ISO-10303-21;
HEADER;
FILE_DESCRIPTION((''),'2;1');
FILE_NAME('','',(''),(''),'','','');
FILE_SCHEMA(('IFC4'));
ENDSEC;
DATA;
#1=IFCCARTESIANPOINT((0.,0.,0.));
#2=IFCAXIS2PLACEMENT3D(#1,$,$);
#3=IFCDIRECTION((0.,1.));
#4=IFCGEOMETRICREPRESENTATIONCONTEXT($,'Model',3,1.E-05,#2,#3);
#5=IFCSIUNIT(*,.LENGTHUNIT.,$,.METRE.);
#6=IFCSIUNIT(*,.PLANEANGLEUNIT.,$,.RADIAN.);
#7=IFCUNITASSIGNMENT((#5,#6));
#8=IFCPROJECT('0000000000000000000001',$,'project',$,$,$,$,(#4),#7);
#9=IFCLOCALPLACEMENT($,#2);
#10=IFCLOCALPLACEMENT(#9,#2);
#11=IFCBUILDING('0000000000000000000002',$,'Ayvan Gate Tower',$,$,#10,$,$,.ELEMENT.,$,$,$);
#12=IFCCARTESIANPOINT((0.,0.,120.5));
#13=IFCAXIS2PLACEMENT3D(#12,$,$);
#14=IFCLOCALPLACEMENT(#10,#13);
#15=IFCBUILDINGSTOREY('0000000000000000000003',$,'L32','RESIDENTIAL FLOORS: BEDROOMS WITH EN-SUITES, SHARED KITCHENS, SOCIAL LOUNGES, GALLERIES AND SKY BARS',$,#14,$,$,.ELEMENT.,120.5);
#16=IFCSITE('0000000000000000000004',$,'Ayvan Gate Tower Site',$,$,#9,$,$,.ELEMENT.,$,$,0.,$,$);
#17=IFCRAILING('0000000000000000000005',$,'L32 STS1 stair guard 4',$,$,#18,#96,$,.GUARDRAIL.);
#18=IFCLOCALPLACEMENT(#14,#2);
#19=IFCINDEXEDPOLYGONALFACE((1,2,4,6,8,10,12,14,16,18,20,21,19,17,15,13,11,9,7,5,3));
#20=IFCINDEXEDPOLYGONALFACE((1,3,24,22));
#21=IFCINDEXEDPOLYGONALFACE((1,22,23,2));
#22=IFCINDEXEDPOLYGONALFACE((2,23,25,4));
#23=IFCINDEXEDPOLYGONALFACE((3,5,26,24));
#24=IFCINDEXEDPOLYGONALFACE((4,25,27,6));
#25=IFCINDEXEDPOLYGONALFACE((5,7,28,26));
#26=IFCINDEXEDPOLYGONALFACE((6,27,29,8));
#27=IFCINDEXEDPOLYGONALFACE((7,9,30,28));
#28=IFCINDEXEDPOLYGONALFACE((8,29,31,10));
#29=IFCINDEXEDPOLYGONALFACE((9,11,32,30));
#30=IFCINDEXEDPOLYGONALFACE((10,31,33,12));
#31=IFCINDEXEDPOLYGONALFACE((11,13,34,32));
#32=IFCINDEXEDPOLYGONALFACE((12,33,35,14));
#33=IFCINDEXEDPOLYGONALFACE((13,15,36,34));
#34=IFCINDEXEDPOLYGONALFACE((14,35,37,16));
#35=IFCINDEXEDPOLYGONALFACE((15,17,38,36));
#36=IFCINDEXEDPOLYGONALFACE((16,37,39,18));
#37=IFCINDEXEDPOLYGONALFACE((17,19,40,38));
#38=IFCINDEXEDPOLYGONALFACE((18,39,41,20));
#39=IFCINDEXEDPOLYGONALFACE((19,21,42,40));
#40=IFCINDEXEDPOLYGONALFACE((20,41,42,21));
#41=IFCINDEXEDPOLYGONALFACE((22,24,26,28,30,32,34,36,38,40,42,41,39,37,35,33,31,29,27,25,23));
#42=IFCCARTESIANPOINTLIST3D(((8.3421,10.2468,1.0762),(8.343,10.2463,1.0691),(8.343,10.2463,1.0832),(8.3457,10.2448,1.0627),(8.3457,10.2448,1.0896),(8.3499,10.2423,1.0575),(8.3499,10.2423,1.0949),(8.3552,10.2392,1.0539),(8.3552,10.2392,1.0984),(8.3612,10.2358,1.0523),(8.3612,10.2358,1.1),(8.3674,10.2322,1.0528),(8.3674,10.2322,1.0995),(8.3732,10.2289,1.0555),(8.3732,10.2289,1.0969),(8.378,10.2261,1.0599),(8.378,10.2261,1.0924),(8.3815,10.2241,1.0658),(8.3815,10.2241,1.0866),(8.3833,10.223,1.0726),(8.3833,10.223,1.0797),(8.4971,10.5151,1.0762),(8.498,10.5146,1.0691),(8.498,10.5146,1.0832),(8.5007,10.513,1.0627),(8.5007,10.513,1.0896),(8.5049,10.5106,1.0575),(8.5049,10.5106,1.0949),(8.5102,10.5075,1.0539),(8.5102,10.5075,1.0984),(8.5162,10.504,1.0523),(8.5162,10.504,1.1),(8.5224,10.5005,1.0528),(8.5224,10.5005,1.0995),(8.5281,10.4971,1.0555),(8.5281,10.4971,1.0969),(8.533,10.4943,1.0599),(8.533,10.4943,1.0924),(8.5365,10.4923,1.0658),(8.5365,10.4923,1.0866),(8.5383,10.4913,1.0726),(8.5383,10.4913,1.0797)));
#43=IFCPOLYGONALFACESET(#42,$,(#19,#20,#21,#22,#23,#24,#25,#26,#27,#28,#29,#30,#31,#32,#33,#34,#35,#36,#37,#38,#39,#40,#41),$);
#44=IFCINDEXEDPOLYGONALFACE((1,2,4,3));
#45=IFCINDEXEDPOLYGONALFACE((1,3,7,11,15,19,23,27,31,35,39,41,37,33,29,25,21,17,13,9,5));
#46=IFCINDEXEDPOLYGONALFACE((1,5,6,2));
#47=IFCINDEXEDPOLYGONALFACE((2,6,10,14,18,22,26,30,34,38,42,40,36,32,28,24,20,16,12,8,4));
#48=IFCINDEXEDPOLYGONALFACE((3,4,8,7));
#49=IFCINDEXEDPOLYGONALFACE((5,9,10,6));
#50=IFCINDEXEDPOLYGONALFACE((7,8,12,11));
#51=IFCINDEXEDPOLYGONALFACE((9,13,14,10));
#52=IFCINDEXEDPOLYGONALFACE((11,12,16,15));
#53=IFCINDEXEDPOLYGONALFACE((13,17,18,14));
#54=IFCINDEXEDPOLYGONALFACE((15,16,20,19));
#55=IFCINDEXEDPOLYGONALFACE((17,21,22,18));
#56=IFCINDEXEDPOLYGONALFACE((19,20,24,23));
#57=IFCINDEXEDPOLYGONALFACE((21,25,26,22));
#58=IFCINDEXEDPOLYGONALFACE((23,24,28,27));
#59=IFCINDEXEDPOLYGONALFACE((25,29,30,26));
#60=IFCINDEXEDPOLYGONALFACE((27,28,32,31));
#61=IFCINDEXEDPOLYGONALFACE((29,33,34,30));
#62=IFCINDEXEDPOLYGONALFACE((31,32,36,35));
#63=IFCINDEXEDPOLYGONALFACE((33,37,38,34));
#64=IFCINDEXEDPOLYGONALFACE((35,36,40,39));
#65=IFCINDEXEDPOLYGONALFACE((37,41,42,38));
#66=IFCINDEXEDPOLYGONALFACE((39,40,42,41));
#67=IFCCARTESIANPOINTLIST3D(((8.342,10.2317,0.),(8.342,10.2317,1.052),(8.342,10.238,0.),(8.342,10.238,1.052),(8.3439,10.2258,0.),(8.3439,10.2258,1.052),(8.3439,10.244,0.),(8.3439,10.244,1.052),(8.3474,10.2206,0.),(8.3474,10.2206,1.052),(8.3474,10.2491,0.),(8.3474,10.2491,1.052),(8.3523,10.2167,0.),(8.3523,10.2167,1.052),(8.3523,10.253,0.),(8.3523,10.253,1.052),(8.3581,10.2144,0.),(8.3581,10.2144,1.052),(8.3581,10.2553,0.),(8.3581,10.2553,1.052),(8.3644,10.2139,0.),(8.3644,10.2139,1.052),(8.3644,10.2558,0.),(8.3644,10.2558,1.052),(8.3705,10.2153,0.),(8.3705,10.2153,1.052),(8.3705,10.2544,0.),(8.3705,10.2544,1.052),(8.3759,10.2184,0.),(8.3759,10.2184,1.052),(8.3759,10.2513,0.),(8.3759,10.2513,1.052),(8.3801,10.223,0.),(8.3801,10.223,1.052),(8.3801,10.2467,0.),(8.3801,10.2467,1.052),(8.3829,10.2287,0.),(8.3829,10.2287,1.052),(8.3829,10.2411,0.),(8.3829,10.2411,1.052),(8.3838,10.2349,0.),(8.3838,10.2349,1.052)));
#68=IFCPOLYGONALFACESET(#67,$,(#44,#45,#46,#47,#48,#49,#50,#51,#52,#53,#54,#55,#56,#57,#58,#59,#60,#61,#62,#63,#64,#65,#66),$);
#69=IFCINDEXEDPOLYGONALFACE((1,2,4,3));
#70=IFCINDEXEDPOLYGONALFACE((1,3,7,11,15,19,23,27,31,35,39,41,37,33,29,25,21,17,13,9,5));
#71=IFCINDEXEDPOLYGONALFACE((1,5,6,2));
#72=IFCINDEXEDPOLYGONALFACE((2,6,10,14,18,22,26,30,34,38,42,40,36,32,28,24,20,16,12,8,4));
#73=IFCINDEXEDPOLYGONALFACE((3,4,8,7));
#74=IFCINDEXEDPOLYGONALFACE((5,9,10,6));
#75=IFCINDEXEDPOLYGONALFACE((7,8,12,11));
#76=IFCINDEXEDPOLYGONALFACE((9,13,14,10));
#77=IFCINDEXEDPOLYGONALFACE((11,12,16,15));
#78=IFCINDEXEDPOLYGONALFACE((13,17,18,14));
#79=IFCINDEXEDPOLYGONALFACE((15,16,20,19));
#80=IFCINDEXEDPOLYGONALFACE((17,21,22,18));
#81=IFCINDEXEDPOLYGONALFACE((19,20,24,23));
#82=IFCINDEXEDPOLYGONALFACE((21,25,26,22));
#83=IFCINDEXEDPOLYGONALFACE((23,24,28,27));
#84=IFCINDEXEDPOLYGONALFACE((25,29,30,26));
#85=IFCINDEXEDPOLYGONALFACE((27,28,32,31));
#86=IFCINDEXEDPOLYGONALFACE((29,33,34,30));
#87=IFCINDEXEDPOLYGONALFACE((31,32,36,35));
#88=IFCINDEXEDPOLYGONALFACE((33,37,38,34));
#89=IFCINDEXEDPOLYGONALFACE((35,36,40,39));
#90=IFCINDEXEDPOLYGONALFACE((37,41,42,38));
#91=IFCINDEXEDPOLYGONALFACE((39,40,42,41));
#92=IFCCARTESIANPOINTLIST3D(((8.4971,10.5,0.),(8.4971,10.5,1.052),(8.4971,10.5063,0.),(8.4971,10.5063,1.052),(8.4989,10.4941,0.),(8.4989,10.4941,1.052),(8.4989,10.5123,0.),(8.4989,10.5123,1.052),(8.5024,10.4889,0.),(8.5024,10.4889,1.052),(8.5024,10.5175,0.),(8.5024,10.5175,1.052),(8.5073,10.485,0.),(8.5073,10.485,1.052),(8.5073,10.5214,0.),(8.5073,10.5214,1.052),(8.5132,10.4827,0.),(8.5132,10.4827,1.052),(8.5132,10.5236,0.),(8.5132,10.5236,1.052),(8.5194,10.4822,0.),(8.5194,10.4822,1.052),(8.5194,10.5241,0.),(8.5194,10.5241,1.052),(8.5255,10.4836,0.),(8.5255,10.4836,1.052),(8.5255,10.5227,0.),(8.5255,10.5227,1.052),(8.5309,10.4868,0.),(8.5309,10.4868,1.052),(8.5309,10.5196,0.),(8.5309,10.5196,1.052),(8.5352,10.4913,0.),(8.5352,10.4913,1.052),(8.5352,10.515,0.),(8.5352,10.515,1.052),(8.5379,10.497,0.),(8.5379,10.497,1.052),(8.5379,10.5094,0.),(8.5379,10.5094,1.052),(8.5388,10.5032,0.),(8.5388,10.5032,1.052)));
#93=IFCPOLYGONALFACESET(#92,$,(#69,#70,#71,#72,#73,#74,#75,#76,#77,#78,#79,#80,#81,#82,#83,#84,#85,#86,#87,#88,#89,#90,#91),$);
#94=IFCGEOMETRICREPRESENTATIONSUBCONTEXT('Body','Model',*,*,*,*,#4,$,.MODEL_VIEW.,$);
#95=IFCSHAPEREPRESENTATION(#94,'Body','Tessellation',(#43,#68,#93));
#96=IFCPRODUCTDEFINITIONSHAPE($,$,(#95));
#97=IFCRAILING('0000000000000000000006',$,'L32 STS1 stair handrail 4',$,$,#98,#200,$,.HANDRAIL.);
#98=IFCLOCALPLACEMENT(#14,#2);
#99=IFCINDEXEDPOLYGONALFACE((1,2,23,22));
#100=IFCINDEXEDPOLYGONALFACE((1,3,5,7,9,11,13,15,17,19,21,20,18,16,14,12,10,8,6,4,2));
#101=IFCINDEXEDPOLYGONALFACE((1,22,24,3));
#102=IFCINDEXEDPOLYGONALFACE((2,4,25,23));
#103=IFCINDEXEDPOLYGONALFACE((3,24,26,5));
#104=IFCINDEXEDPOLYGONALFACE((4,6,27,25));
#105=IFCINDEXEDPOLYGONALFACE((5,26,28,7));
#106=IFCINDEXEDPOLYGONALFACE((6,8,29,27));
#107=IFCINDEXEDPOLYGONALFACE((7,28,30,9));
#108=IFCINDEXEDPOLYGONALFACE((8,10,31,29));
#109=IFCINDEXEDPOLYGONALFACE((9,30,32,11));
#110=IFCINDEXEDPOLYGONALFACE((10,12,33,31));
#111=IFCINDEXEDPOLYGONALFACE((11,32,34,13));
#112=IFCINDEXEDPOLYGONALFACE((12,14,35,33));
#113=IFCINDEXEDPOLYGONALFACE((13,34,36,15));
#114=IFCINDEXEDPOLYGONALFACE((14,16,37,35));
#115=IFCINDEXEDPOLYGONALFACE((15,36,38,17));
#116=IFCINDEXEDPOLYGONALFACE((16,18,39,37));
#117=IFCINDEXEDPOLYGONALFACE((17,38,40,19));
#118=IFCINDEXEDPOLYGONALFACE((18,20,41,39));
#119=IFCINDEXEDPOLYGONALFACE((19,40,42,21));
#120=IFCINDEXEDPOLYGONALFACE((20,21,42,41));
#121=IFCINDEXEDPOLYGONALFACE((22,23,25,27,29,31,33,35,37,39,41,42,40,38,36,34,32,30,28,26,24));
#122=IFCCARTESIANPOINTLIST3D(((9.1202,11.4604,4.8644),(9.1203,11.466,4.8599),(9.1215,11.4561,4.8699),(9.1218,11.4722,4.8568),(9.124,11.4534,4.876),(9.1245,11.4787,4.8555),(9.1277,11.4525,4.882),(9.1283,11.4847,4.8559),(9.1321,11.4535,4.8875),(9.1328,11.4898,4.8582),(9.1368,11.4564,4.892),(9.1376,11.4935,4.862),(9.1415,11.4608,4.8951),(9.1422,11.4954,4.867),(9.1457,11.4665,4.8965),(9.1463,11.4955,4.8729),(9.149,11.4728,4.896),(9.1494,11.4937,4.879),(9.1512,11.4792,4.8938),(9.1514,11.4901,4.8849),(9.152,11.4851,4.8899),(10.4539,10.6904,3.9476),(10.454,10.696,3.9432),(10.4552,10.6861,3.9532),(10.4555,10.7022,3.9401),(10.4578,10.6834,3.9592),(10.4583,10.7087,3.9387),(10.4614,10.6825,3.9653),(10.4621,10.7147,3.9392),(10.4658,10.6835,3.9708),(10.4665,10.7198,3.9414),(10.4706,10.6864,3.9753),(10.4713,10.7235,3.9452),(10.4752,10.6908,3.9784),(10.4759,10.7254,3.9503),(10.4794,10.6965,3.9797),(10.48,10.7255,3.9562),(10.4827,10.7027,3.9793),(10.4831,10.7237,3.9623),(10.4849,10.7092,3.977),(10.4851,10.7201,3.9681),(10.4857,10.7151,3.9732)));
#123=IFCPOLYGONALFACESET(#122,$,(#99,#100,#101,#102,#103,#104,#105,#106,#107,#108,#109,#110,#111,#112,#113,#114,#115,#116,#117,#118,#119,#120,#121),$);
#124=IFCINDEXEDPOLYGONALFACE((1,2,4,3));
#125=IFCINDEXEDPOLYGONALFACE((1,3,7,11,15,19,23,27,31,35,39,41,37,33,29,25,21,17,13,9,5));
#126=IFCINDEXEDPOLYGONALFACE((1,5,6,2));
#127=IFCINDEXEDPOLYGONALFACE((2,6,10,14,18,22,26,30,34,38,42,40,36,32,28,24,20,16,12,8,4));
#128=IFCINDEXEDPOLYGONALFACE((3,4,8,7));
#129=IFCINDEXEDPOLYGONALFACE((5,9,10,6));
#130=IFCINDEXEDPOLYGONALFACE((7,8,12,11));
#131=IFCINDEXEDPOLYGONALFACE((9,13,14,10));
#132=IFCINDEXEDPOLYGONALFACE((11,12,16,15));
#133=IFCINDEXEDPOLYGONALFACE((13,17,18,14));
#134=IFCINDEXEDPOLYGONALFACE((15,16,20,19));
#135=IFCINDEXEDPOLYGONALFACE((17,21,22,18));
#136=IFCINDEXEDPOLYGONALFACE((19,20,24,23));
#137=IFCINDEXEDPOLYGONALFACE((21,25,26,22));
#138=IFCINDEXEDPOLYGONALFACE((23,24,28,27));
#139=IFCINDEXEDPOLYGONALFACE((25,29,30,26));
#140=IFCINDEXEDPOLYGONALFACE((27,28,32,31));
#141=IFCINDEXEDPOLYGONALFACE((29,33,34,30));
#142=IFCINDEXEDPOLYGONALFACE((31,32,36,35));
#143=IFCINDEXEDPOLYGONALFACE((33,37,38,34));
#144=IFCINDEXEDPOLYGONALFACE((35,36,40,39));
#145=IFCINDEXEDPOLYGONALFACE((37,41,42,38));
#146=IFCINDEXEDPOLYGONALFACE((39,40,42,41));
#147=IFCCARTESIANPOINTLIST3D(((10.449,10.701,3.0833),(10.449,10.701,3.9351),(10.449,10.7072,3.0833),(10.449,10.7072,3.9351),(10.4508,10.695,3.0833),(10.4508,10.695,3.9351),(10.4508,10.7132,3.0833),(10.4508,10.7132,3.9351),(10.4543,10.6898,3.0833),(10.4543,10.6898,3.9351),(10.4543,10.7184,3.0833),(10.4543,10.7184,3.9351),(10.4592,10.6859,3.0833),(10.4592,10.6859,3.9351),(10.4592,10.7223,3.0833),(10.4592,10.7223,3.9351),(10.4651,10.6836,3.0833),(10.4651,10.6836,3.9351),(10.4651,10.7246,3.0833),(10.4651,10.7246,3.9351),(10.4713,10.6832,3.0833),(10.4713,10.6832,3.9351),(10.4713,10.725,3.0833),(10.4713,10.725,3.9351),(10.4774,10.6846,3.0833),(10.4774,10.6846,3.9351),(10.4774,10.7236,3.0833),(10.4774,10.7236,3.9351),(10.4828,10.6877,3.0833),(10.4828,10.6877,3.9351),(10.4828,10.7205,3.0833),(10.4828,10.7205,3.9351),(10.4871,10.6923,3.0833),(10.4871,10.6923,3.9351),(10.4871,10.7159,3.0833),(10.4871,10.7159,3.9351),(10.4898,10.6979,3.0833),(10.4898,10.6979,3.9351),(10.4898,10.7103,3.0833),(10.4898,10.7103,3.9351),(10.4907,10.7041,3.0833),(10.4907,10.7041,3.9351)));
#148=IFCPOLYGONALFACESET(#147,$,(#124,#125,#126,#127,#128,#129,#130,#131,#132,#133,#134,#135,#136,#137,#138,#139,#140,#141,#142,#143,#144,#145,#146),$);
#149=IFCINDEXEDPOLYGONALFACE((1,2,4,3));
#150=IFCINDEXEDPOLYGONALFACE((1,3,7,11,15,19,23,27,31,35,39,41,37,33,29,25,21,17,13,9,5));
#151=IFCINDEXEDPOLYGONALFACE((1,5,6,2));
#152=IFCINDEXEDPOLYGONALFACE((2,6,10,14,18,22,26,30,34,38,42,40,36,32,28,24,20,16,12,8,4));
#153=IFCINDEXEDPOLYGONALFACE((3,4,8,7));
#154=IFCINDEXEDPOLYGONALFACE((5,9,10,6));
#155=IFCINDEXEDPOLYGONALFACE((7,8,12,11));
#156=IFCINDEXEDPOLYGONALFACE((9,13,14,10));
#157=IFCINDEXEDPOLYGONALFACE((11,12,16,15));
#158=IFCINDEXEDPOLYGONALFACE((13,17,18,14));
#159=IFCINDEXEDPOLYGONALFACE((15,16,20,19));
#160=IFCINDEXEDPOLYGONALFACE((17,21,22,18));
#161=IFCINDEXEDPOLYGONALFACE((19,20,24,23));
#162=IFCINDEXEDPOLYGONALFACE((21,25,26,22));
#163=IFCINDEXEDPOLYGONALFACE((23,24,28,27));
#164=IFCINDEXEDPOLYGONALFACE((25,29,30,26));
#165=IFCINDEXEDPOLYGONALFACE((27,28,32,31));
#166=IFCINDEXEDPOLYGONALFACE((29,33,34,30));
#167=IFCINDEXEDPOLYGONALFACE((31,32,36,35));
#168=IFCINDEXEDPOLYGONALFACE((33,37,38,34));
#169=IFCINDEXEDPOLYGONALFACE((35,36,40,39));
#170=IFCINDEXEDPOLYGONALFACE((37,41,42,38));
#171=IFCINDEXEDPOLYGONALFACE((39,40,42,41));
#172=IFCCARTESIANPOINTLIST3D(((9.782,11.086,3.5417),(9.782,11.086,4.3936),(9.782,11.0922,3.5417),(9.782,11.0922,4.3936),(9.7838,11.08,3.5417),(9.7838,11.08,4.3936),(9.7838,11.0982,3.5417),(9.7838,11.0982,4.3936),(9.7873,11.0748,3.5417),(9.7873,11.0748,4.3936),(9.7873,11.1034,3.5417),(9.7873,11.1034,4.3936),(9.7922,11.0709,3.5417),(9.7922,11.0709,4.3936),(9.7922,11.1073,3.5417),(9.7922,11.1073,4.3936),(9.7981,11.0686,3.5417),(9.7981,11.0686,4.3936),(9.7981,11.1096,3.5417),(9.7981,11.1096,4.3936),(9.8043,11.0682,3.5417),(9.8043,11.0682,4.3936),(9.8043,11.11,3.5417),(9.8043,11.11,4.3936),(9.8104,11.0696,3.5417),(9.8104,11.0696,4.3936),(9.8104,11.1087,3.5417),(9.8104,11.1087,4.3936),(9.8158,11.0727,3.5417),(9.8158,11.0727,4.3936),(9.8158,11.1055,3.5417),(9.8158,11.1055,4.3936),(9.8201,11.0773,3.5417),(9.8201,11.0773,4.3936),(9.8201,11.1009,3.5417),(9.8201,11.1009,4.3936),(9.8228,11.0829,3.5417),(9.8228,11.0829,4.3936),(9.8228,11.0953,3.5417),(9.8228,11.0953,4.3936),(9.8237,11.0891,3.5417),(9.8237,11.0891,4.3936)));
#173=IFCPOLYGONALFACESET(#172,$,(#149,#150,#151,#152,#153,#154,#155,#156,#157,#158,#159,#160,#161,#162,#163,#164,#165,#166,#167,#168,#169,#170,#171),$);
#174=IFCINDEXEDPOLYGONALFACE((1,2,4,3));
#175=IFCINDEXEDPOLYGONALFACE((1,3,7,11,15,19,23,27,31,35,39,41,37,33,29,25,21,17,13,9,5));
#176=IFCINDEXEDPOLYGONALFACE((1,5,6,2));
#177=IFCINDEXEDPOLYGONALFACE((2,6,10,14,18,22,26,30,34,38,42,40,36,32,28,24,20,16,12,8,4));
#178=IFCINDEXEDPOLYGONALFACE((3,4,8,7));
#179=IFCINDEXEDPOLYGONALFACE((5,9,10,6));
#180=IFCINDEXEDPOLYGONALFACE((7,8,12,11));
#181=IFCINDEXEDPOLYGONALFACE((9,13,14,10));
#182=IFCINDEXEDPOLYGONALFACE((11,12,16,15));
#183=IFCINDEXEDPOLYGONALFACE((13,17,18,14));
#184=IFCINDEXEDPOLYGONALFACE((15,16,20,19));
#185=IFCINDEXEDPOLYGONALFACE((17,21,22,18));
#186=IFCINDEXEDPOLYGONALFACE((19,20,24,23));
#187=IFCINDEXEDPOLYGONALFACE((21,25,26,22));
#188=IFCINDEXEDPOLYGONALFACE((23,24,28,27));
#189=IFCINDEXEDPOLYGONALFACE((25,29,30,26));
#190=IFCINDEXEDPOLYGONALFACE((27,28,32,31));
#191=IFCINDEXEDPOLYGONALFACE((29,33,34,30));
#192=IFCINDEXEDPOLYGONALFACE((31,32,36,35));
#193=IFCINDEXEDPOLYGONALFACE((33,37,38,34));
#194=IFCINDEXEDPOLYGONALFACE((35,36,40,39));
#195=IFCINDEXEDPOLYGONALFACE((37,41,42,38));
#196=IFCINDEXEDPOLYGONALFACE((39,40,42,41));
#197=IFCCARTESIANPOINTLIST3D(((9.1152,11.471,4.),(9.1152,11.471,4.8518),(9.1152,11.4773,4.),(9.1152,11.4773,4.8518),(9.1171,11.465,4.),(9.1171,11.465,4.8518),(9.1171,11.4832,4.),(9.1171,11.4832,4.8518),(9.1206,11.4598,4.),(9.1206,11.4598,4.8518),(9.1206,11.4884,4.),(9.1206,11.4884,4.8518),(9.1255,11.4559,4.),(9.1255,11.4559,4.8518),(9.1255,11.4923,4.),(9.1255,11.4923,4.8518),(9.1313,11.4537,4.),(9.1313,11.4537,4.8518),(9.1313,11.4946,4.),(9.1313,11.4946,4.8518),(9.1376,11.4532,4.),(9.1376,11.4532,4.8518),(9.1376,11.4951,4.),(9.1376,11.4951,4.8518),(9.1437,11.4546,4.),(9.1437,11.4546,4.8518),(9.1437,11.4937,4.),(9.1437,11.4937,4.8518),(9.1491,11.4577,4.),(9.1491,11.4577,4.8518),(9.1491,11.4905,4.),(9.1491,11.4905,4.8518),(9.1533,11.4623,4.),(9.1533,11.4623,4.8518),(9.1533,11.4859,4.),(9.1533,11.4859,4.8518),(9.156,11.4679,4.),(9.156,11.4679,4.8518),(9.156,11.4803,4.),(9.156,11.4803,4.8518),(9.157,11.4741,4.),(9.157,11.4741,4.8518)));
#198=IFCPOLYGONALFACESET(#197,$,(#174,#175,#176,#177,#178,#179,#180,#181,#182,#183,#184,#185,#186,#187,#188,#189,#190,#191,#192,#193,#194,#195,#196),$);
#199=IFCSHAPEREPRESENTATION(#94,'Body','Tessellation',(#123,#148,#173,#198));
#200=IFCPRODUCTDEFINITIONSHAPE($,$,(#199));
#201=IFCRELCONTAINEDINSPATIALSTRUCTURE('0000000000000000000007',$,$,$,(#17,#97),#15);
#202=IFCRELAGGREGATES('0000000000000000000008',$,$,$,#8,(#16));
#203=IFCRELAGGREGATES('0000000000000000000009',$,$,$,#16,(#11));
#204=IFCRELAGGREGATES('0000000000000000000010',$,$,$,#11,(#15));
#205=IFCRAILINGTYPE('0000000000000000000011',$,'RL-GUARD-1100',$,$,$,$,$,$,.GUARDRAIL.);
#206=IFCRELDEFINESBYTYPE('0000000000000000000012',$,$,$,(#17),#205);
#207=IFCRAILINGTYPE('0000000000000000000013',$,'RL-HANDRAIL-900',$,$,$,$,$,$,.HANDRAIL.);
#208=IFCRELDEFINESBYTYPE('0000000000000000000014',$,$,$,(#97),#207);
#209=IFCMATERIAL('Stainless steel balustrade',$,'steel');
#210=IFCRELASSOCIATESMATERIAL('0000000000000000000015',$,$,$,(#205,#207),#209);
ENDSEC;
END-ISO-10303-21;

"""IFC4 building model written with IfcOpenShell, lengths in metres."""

from ifc_helpers import new_model, si_unit, direction, frame, origin, origin_2d, place, context, subcontext, project, spatial, circle, extrude, material, type_object, element, save


model = new_model("IFC4")

# Units and contexts
model_context = context("Model", 3, precision=1e-05, world=origin(), true_north=direction((0.0, 1.0)))
body_context = subcontext(model_context, "Body", "Model", "MODEL_VIEW")
ifc_project = project(units=[si_unit("LENGTHUNIT", "METRE"), si_unit("PLANEANGLEUNIT", "RADIAN")], contexts=[model_context])

# Site, building, storey
site_placement = place(None, origin())
site = spatial("IfcSite", under=ifc_project, at=site_placement, Name="Ayvan Gate Tower Site", CompositionType="ELEMENT", RefElevation=0.0)
building_placement = place(site_placement, origin())
building = spatial("IfcBuilding", under=site, at=building_placement, Name="Ayvan Gate Tower", CompositionType="ELEMENT")
storey_placement = place(building_placement, frame((0.0, 0.0, 120.5)))
storey = spatial("IfcBuildingStorey", under=building, at=storey_placement, Name="L32", Description="RESIDENTIAL FLOORS: BEDROOMS WITH EN-SUITES, SHARED KITCHENS, SOCIAL LOUNGES, GALLERIES AND SKY BARS", CompositionType="ELEMENT", Elevation=120.5)

# Railings
ifc_material_1 = material(Name="Stainless steel balustrade", Category="steel")
railing_type_1 = type_object("IfcRailingType", Name="RL-GUARD-1100", PredefinedType="GUARDRAIL", material=ifc_material_1)
railing_1_placement = place(storey_placement, frame((8.3628, 10.2349, 0.0)))
element("IfcRailing", 1, at=railing_1_placement, inside=storey, type_object=railing_type_1, Name="L32 STS1 stair guard 4", PredefinedType="GUARDRAIL", context=body_context, shape_type="SweptSolid", body=[
    extrude(circle(Radius=0.0239, at=origin_2d()), frame((0.0, 0.0, 1.0762), z_axis=(0.500291, 0.865857, 0.0), x_axis=(-0.865857, 0.500291, 0.0)), (0.0, 0.0, 1.0), 0.3098),
    extrude(circle(Radius=0.021, at=origin_2d()), origin(), (0.0, 0.0, 1.0), 1.052),
    extrude(circle(Radius=0.021, at=origin_2d()), frame((0.155, 0.2683, 0.0)), (0.0, 0.0, 1.0), 1.052),
])
railing_type_2 = type_object("IfcRailingType", Name="RL-HANDRAIL-900", PredefinedType="HANDRAIL", material=ifc_material_1)
railing_2_placement = place(storey_placement, frame((10.4697, 10.7041, 3.0833)))
element("IfcRailing", 2, at=railing_2_placement, inside=storey, type_object=railing_type_2, Name="L32 STS1 stair handrail 4", PredefinedType="HANDRAIL", context=body_context, shape_type="SweptSolid", body=[
    extrude(circle(Radius=0.0239, at=origin_2d()), frame((0.0, 0.0, 0.876), z_axis=(-0.744164, 0.429634, 0.511502), x_axis=(-0.499992, -0.86603, 0.0)), (0.0, 0.0, 1.0), 1.7922),
    extrude(circle(Radius=0.021, at=origin_2d()), origin(), (0.0, 0.0, 1.0), 0.8518),
    extrude(circle(Radius=0.021, at=origin_2d()), frame((-0.667, 0.385, 0.4585)), (0.0, 0.0, 1.0), 0.8518),
    extrude(circle(Radius=0.021, at=origin_2d()), frame((-1.3337, 0.77, 0.9167)), (0.0, 0.0, 1.0), 0.8518),
])

save(model, "model.ifc")
